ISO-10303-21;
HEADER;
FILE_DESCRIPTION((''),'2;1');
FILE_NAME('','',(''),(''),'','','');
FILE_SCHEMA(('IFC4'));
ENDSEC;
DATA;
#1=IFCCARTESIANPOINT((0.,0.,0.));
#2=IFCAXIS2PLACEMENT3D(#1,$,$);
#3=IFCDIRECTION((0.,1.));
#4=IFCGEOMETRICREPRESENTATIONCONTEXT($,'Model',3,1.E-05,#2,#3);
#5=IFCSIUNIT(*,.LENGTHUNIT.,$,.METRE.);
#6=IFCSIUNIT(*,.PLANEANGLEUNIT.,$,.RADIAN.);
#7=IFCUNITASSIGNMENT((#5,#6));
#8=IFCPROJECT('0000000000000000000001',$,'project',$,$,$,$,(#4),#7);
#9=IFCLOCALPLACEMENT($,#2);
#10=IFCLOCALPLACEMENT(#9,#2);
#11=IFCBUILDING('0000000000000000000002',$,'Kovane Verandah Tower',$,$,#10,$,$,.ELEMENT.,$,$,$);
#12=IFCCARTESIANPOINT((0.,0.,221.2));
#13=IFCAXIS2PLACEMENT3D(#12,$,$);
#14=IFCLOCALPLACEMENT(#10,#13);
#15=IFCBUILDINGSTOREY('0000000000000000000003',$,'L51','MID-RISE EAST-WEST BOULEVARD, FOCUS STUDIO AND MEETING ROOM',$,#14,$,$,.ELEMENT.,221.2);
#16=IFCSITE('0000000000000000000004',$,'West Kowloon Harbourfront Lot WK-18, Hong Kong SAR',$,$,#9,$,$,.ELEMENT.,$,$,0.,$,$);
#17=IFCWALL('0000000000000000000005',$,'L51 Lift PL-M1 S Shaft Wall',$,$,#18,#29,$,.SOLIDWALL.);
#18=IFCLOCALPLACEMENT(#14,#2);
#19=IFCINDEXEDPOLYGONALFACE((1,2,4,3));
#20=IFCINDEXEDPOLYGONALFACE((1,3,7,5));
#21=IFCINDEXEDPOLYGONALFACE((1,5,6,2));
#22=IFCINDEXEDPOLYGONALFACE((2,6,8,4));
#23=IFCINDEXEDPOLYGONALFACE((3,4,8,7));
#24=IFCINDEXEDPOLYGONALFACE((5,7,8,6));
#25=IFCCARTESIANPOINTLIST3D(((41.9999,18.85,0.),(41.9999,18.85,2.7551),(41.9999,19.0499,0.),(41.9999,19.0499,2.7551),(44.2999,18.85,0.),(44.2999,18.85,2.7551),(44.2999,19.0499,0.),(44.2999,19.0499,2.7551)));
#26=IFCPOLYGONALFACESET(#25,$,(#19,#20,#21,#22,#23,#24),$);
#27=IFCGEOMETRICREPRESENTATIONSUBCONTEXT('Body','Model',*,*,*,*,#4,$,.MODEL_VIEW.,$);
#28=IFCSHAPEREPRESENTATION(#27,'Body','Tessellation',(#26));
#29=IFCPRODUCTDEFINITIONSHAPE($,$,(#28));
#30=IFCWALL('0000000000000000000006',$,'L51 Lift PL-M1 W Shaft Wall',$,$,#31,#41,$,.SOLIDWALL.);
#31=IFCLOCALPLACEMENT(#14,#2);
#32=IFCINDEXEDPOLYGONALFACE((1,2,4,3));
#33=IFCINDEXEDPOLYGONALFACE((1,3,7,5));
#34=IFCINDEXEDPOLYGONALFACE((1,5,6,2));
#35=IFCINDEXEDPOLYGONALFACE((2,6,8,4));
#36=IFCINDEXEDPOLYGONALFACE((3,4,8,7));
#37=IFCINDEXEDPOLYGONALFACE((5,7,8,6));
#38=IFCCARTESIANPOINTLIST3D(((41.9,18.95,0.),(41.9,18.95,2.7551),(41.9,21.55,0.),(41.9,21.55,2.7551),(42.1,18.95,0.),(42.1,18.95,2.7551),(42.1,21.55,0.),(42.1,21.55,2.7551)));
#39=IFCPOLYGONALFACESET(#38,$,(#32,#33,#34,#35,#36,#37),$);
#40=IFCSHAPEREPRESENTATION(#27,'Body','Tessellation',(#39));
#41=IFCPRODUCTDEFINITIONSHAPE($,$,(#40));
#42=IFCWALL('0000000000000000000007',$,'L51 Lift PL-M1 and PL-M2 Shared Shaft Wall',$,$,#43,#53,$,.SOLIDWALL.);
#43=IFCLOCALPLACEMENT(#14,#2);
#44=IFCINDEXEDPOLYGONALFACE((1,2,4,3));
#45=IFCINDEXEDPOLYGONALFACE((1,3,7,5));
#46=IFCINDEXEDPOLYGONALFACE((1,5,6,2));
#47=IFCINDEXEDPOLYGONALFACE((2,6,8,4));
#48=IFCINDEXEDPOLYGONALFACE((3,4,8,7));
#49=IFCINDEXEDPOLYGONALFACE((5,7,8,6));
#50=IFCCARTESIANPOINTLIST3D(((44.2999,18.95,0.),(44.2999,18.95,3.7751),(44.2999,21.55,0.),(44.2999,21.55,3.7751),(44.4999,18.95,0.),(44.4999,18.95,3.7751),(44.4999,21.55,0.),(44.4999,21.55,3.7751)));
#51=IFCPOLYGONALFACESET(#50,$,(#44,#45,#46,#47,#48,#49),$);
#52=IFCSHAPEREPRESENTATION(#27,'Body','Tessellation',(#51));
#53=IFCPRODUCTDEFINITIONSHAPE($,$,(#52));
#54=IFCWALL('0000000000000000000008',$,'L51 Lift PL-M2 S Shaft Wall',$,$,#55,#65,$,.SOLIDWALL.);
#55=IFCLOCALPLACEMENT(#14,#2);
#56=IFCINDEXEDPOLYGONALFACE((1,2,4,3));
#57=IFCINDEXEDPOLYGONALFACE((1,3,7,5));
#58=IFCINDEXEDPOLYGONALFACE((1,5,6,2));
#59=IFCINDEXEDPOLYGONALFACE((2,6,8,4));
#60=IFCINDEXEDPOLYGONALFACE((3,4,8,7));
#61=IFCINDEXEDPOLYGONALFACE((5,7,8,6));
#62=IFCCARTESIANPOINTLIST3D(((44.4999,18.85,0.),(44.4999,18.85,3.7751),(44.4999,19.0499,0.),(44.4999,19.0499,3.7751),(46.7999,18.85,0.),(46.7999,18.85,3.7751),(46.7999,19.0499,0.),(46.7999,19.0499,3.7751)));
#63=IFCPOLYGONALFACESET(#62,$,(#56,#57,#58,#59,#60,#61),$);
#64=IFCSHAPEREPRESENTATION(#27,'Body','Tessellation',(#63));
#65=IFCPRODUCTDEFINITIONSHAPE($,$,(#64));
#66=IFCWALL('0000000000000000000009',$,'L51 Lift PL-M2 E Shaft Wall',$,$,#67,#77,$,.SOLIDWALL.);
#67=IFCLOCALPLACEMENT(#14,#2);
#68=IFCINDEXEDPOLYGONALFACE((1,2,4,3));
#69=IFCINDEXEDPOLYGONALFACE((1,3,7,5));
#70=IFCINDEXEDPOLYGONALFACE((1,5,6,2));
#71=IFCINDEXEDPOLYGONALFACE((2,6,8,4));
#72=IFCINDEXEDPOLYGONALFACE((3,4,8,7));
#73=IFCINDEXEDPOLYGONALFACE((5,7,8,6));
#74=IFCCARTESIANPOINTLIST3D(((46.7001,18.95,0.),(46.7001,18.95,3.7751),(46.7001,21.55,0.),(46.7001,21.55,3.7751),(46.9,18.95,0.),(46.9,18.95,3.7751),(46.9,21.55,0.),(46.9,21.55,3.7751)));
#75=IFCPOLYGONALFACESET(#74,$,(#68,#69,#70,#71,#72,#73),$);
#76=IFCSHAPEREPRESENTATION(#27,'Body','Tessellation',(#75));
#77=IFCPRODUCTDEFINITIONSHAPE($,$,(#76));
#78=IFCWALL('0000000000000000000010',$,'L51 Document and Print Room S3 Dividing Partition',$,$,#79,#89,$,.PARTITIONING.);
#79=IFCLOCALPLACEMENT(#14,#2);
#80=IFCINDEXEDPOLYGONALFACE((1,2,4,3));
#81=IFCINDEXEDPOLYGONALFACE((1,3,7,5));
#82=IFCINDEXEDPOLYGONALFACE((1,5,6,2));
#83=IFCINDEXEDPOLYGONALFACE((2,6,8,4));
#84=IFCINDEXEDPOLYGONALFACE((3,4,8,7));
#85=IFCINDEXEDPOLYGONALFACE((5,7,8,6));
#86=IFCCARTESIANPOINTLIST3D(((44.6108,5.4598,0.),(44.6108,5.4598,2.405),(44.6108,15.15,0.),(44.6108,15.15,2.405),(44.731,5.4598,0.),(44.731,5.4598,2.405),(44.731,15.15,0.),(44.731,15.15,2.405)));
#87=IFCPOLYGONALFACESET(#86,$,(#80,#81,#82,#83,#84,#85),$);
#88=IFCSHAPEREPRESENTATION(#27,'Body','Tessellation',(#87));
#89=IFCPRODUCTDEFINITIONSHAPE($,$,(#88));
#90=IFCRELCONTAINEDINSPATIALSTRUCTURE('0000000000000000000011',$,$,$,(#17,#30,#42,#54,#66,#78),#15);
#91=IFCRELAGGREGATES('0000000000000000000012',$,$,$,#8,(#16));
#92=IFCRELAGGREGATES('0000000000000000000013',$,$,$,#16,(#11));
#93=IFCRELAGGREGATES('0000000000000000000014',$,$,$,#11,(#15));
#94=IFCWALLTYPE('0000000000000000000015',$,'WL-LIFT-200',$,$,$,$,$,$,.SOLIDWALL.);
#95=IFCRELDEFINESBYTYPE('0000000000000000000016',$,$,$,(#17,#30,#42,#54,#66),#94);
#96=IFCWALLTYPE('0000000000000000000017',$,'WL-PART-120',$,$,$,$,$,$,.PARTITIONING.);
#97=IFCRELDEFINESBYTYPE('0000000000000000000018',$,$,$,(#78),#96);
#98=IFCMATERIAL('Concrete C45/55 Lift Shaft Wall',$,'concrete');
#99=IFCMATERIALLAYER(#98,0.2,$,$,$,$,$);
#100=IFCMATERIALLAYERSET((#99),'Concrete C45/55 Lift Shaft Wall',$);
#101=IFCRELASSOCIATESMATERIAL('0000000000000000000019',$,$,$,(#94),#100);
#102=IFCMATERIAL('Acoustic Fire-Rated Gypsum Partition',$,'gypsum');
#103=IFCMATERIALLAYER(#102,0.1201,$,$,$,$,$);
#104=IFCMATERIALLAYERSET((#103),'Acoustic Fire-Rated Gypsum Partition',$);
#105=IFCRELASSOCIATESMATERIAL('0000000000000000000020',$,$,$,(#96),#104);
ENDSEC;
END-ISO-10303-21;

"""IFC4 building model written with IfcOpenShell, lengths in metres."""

from ifc_helpers import new_model, si_unit, direction, frame, frame_2d, origin, place, context, subcontext, project, spatial, rectangle, extrude, material, layer, layer_set, type_object, element, save


model = new_model("IFC4")

# Units and contexts
model_context = context("Model", 3, precision=1e-05, world=origin(), true_north=direction((0.0, 1.0)))
body_context = subcontext(model_context, "Body", "Model", "MODEL_VIEW")
ifc_project = project(units=[si_unit("LENGTHUNIT", "METRE"), si_unit("PLANEANGLEUNIT", "RADIAN")], contexts=[model_context])

# Site, building, storey
site_placement = place(None, origin())
site = spatial("IfcSite", under=ifc_project, at=site_placement, Name="West Kowloon Harbourfront Lot WK-18, Hong Kong SAR", CompositionType="ELEMENT", RefElevation=0.0)
building_placement = place(site_placement, origin())
building = spatial("IfcBuilding", under=site, at=building_placement, Name="Kovane Verandah Tower", CompositionType="ELEMENT")
storey_placement = place(building_placement, frame((0.0, 0.0, 221.2)))
storey = spatial("IfcBuildingStorey", under=building, at=storey_placement, Name="L51", Description="MID-RISE EAST-WEST BOULEVARD, FOCUS STUDIO AND MEETING ROOM", CompositionType="ELEMENT", Elevation=221.2)

# Wall
ifc_material_1 = material(Name="Concrete C45/55 Lift Shaft Wall", Category="concrete")
ifc_layer_1 = layer(ifc_material_1, 0.2)
ifc_layer_set_1 = layer_set([ifc_layer_1], Name="Concrete C45/55 Lift Shaft Wall")
wall_type_1 = type_object("IfcWallType", Name="WL-LIFT-200", PredefinedType="SOLIDWALL", material=ifc_layer_set_1)
wall_1_placement = place(storey_placement, frame((42.0, 18.95, 0.0), z_axis=(0.0, 0.0, 1.0), x_axis=(1.0, 0.0, 0.0)))
element("IfcWall", 1, at=wall_1_placement, inside=storey, type_object=wall_type_1, Name="L51 Lift PL-M1 S Shaft Wall", PredefinedType="SOLIDWALL", context=body_context, shape_type="SweptSolid", body=[
    extrude(rectangle(XDim=2.3, YDim=0.2, at=frame_2d((1.1499, 0.0))), origin(), (0.0, 0.0, 1.0), 2.7551),
])

# Walls
wall_2_placement = place(storey_placement, frame((42.0, 21.55, 0.0), z_axis=(0.0, 0.0, 1.0), x_axis=(0.0, -1.0, 0.0)))
element("IfcWall", 2, at=wall_2_placement, inside=storey, type_object=wall_type_1, Name="L51 Lift PL-M1 W Shaft Wall", PredefinedType="SOLIDWALL", context=body_context, shape_type="SweptSolid", body=[
    extrude(rectangle(XDim=2.6001, YDim=0.2, at=frame_2d((1.3, 0.0))), origin(), (0.0, 0.0, 1.0), 2.7551),
])
wall_3_placement = place(storey_placement, frame((44.3999, 18.95, 0.0), z_axis=(0.0, 0.0, 1.0), x_axis=(0.0, 1.0, 0.0)))
element("IfcWall", 3, at=wall_3_placement, inside=storey, type_object=wall_type_1, Name="L51 Lift PL-M1 and PL-M2 Shared Shaft Wall", PredefinedType="SOLIDWALL", context=body_context, shape_type="SweptSolid", body=[
    extrude(rectangle(XDim=2.6001, YDim=0.2, at=frame_2d((1.3, 0.0))), origin(), (0.0, 0.0, 1.0), 3.7751),
])
wall_4_placement = place(storey_placement, frame((44.5, 18.95, 0.0), z_axis=(0.0, 0.0, 1.0), x_axis=(1.0, 0.0, 0.0)))
element("IfcWall", 4, at=wall_4_placement, inside=storey, type_object=wall_type_1, Name="L51 Lift PL-M2 S Shaft Wall", PredefinedType="SOLIDWALL", context=body_context, shape_type="SweptSolid", body=[
    extrude(rectangle(XDim=2.3, YDim=0.2, at=frame_2d((1.1499, 0.0))), origin(), (0.0, 0.0, 1.0), 3.7751),
])

# Walls
wall_5_placement = place(storey_placement, frame((46.8, 18.95, 0.0), z_axis=(0.0, 0.0, 1.0), x_axis=(0.0, 1.0, 0.0)))
element("IfcWall", 5, at=wall_5_placement, inside=storey, type_object=wall_type_1, Name="L51 Lift PL-M2 E Shaft Wall", PredefinedType="SOLIDWALL", context=body_context, shape_type="SweptSolid", body=[
    extrude(rectangle(XDim=2.6001, YDim=0.2, at=frame_2d((1.3, 0.0))), origin(), (0.0, 0.0, 1.0), 3.7751),
])
ifc_material_2 = material(Name="Acoustic Fire-Rated Gypsum Partition", Category="gypsum")
ifc_layer_2 = layer(ifc_material_2, 0.1201)
ifc_layer_set_2 = layer_set([ifc_layer_2], Name="Acoustic Fire-Rated Gypsum Partition")
wall_type_2 = type_object("IfcWallType", Name="WL-PART-120", PredefinedType="PARTITIONING", material=ifc_layer_set_2)
wall_6_placement = place(storey_placement, frame((44.6709, 5.4597, 0.0), z_axis=(0.0, 0.0, 1.0), x_axis=(0.0, 1.0, 0.0)))
element("IfcWall", 6, at=wall_6_placement, inside=storey, type_object=wall_type_2, Name="L51 Document and Print Room S3 Dividing Partition", PredefinedType="PARTITIONING", context=body_context, shape_type="SweptSolid", body=[
    extrude(rectangle(XDim=9.6902, YDim=0.1201, at=frame_2d((4.8452, 0.0))), origin(), (0.0, 0.0, 1.0), 2.405),
])

save(model, "model.ifc")
